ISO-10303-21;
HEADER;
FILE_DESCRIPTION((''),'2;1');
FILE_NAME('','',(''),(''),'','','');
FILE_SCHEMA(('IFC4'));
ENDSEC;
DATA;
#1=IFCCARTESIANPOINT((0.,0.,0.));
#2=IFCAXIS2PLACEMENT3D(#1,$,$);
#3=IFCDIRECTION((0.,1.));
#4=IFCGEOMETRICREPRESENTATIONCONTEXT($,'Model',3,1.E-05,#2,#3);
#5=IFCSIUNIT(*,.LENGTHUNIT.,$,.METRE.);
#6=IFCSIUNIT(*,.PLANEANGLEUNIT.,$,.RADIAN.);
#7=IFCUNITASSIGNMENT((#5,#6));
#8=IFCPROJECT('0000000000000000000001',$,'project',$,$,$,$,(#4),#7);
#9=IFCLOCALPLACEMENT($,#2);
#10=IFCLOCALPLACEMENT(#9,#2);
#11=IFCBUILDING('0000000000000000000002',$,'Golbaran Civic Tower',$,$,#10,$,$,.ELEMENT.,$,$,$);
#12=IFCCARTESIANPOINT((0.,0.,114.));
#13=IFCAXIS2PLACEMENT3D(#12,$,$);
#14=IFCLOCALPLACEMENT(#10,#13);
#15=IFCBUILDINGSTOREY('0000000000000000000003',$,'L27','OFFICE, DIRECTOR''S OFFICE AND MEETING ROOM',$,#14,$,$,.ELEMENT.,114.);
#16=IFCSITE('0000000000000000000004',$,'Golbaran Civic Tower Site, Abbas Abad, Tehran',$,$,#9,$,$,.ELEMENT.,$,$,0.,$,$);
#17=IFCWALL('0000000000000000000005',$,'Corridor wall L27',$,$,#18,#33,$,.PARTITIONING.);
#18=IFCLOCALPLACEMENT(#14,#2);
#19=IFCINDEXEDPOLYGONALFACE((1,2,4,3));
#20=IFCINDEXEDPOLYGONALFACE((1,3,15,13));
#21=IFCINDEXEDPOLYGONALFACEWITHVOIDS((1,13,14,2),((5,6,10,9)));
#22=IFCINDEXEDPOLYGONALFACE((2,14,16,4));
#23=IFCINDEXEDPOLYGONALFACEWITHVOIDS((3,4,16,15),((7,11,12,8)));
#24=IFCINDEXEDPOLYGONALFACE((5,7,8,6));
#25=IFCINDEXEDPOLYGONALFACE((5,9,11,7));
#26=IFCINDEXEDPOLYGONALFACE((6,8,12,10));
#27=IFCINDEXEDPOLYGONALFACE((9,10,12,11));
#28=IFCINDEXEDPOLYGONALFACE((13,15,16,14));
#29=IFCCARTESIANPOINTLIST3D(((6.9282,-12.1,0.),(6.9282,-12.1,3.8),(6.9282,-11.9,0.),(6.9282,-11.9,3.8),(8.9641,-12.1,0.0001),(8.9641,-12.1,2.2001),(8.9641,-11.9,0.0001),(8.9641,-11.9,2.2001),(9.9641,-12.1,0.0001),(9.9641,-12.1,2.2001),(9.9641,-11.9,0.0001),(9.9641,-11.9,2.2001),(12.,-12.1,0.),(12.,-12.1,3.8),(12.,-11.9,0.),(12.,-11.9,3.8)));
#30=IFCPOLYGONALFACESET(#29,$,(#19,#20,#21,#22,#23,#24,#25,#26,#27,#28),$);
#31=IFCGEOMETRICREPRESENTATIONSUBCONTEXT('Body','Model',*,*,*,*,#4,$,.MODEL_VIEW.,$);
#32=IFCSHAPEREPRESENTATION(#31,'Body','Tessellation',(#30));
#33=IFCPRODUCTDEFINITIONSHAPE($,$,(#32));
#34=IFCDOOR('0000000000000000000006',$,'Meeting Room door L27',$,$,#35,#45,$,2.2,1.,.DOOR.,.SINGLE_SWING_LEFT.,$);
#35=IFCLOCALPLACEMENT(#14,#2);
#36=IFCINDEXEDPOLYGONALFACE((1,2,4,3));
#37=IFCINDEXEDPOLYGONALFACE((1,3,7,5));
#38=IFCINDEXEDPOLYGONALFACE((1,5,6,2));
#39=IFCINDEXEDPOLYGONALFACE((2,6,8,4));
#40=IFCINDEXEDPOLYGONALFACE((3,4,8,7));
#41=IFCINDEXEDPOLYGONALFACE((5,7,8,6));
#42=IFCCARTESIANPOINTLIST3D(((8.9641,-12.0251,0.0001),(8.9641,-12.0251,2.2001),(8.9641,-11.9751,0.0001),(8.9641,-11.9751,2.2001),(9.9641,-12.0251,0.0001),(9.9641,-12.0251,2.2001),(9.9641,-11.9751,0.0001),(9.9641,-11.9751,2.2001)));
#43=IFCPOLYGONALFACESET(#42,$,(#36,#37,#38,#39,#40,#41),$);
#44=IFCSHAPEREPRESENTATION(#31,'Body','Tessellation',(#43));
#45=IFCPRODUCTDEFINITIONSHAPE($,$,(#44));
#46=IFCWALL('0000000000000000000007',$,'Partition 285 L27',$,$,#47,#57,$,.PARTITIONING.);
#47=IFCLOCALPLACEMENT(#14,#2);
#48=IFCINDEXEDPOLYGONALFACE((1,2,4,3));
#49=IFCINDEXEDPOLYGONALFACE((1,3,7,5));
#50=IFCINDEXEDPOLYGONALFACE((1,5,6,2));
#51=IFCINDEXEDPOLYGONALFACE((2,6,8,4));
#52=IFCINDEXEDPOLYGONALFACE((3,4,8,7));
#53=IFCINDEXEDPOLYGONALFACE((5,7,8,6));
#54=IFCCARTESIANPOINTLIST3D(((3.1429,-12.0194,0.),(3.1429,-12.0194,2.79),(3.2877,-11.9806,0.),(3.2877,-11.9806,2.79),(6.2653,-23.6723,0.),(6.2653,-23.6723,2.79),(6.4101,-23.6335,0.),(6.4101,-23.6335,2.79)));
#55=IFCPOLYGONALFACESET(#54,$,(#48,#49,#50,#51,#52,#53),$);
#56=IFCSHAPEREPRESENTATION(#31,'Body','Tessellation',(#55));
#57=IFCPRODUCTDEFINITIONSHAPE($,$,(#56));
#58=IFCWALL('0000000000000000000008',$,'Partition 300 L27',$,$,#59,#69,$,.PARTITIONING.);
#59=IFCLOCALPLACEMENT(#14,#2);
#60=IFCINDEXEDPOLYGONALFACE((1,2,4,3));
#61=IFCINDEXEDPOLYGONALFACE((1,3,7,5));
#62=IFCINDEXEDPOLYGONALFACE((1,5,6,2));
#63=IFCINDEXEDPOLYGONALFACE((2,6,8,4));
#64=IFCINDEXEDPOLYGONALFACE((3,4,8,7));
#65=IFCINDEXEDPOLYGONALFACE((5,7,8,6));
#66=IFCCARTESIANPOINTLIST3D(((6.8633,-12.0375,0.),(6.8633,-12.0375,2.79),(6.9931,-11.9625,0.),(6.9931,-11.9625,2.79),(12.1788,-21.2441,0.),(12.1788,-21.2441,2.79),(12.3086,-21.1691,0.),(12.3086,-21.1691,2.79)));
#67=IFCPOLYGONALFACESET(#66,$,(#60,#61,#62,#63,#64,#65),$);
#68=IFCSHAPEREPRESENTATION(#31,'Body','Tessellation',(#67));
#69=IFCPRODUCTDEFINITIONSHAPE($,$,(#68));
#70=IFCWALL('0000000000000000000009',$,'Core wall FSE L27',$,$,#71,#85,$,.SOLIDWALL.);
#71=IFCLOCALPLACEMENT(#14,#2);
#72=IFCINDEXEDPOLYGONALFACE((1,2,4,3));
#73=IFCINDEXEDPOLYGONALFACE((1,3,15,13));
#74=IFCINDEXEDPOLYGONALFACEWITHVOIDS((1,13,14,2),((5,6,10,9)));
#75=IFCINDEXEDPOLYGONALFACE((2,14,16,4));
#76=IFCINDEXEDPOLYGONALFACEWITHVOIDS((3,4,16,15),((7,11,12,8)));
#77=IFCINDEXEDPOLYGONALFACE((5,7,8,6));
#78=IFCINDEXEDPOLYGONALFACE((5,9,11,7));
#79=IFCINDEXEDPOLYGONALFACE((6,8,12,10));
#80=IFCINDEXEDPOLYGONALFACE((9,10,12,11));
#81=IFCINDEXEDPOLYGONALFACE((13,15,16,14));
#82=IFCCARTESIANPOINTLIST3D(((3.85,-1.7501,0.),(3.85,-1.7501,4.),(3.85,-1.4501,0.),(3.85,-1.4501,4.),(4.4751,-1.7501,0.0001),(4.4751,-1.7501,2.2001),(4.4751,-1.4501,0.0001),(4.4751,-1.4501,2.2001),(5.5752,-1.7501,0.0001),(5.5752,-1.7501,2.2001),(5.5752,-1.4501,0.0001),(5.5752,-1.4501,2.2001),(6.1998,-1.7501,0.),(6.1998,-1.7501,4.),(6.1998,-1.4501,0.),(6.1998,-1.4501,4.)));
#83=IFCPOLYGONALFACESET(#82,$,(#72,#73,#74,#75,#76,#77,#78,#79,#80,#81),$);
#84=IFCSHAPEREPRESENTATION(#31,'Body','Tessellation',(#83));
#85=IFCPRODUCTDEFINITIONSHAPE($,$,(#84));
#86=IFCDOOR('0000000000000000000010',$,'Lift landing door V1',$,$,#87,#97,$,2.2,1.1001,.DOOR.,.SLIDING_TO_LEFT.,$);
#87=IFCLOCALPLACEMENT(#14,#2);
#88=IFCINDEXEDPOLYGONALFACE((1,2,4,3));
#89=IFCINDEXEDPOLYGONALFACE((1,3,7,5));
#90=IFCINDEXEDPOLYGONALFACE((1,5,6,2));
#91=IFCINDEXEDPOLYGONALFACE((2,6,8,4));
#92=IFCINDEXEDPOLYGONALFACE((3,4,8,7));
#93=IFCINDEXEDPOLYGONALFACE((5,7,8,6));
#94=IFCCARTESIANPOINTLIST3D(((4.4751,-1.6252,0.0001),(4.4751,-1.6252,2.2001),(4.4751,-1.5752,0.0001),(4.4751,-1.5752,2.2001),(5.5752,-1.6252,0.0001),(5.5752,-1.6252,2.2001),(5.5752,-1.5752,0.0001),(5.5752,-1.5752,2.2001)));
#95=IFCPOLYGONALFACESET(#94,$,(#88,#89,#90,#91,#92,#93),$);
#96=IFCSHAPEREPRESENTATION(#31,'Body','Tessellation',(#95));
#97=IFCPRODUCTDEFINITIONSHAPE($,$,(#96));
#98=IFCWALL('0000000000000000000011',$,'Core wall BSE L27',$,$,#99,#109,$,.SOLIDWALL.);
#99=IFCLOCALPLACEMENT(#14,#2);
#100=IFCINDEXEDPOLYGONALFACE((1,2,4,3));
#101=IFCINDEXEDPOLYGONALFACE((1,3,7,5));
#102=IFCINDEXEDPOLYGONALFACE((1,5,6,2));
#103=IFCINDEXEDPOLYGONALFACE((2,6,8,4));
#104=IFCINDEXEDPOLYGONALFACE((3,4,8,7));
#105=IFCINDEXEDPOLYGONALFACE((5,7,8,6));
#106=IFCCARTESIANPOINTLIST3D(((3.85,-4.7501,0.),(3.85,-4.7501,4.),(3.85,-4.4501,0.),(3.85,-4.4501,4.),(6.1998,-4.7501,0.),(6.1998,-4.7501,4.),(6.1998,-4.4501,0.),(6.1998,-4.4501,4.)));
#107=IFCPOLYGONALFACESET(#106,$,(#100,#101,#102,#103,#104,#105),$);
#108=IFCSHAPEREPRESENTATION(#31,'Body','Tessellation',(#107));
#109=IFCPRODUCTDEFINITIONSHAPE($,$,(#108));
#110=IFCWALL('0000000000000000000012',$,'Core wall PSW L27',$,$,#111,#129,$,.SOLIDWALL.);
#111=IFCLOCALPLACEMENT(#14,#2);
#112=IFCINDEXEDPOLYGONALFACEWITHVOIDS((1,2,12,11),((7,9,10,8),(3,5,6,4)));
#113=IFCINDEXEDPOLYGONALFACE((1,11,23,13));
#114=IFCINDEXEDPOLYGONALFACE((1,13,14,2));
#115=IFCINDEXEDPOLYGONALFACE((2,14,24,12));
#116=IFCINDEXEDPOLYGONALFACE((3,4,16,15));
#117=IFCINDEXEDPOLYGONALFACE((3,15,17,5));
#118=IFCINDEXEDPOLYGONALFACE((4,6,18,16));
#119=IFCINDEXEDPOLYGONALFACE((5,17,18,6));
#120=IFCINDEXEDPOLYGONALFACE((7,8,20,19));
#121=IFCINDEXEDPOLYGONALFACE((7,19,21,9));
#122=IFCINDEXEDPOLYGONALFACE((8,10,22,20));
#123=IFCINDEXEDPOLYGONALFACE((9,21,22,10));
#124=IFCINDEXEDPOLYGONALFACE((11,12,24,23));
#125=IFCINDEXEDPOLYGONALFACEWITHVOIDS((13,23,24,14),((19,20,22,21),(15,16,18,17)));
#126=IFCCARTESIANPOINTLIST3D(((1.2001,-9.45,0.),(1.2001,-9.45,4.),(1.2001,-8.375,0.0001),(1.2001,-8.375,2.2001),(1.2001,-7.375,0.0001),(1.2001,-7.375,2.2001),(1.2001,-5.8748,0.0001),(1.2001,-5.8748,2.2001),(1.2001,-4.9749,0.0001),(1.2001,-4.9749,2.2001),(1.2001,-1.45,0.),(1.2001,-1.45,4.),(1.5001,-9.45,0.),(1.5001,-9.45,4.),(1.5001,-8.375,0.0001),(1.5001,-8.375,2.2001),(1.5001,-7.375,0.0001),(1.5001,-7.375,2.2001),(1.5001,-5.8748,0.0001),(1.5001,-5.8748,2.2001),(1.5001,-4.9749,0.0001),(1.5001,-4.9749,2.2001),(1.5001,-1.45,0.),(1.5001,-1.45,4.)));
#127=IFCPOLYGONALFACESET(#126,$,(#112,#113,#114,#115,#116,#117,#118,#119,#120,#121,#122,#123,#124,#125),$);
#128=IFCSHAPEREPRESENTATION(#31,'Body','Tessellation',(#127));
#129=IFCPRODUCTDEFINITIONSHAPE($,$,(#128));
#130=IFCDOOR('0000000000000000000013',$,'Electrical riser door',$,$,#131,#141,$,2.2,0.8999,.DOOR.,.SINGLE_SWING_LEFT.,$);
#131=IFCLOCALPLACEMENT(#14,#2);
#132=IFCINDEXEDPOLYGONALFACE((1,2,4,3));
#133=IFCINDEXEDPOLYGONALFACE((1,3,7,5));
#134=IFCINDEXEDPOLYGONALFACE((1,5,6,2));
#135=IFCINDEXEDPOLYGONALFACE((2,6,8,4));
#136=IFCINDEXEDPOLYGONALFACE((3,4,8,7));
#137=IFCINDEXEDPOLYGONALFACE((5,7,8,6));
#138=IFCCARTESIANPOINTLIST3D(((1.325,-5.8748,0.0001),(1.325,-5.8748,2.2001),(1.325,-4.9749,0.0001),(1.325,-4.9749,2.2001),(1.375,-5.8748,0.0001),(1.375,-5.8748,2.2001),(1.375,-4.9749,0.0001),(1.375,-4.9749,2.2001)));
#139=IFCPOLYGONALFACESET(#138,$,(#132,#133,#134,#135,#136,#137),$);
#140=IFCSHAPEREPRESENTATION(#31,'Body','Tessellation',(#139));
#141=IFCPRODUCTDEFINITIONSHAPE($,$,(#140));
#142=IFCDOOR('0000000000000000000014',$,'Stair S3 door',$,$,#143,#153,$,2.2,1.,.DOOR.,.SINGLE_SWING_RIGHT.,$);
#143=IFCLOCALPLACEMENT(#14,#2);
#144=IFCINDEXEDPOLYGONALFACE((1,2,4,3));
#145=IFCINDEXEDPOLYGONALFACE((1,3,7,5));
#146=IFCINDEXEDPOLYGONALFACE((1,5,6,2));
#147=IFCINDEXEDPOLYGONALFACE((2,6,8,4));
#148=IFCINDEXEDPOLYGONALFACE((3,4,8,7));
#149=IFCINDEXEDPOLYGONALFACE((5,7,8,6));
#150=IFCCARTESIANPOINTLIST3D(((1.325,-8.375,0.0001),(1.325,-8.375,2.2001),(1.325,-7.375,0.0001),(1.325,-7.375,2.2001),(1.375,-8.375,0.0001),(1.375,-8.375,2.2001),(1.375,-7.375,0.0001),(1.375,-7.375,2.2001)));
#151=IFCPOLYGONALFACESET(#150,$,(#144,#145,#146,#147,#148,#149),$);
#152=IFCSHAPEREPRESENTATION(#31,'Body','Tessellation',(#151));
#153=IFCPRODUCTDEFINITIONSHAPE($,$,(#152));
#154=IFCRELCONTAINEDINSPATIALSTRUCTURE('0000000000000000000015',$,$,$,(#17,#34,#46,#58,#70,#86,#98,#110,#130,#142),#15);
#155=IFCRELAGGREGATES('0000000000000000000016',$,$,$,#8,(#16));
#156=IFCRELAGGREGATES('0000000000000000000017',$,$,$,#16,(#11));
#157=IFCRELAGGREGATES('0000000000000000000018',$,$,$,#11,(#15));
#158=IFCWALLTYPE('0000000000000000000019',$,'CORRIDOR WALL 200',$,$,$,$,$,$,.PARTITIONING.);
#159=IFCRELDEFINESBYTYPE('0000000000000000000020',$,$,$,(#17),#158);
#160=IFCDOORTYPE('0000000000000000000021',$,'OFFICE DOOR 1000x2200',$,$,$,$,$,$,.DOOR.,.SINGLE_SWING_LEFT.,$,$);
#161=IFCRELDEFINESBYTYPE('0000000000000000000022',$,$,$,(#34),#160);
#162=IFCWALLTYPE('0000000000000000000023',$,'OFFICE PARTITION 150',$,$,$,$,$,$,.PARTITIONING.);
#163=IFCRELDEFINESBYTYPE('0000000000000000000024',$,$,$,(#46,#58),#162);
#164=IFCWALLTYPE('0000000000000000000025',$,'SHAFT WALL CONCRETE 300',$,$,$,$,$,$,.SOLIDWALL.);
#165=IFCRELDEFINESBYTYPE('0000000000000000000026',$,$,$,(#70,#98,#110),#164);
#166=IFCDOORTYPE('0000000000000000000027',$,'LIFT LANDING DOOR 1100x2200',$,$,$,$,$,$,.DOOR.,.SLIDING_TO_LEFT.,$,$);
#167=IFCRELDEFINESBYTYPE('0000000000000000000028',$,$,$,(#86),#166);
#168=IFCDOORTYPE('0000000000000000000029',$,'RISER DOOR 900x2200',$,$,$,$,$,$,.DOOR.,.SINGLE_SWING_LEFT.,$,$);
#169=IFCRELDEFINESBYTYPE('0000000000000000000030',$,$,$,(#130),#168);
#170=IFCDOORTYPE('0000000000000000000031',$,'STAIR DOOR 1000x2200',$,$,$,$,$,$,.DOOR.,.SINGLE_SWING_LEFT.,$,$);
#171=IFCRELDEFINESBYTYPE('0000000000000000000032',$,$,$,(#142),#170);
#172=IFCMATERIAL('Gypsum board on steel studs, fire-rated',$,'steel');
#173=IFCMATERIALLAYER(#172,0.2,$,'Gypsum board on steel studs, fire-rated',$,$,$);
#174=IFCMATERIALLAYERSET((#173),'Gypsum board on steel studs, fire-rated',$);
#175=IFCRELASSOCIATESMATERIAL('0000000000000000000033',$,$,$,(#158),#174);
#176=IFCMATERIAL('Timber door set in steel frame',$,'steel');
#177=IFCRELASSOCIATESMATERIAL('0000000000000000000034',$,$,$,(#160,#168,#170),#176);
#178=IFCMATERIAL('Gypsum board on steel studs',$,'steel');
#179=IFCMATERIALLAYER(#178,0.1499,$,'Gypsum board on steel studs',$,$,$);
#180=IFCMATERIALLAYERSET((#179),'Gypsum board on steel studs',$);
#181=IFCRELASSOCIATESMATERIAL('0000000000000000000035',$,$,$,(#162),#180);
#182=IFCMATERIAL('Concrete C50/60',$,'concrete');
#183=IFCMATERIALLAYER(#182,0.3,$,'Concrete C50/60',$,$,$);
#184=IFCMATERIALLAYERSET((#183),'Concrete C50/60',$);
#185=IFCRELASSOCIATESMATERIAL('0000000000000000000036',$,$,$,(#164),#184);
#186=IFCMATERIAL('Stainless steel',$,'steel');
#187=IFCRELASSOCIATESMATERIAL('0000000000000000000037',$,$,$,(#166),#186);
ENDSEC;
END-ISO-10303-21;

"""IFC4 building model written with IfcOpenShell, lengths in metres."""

from ifc_helpers import new_model, si_unit, direction, frame, frame_2d, origin, place, context, subcontext, project, spatial, rectangle, extrude, material, layer, layer_set, type_object, element, fill, save


model = new_model("IFC4")

# Units and contexts
model_context = context("Model", 3, precision=1e-05, world=origin(), true_north=direction((0.0, 1.0)))
body_context = subcontext(model_context, "Body", "Model", "MODEL_VIEW")
ifc_project = project(units=[si_unit("LENGTHUNIT", "METRE"), si_unit("PLANEANGLEUNIT", "RADIAN")], contexts=[model_context])

# Site, building, storey
site_placement = place(None, origin())
site = spatial("IfcSite", under=ifc_project, at=site_placement, Name="Golbaran Civic Tower Site, Abbas Abad, Tehran", CompositionType="ELEMENT", RefElevation=0.0)
building_placement = place(site_placement, origin())
building = spatial("IfcBuilding", under=site, at=building_placement, Name="Golbaran Civic Tower", CompositionType="ELEMENT")
storey_placement = place(building_placement, frame((0.0, 0.0, 114.0)))
storey = spatial("IfcBuildingStorey", under=building, at=storey_placement, Name="L27", Description="OFFICE, DIRECTOR'S OFFICE AND MEETING ROOM", CompositionType="ELEMENT", Elevation=114.0)

# Shared definitions
ifc_material_1 = material(Name="Concrete C50/60", Category="concrete")

# Wall, opening, door
ifc_material_2 = material(Name="Gypsum board on steel studs, fire-rated", Category="steel")
ifc_layer_1 = layer(ifc_material_2, 0.2, Name="Gypsum board on steel studs, fire-rated")
ifc_layer_set_1 = layer_set([ifc_layer_1], Name="Gypsum board on steel studs, fire-rated")
wall_type_1 = type_object("IfcWallType", Name="CORRIDOR WALL 200", PredefinedType="PARTITIONING", material=ifc_layer_set_1)
ifc_material_3 = material(Name="Timber door set in steel frame", Category="steel")
door_type_1 = type_object("IfcDoorType", Name="OFFICE DOOR 1000x2200", OperationType="SINGLE_SWING_LEFT", PredefinedType="DOOR", material=ifc_material_3)
wall_1_placement = place(storey_placement, frame((6.9282, -12.0, 0.0), z_axis=(0.0, 0.0, 1.0), x_axis=(1.0, 0.0, 0.0)))
wall_1 = element("IfcWall", 1, at=wall_1_placement, inside=storey, type_object=wall_type_1, Name="Corridor wall L27", PredefinedType="PARTITIONING", context=body_context, shape_type="SweptSolid", body=[
    extrude(rectangle(XDim=5.0718, YDim=0.2, at=frame_2d((2.5359, 0.0))), origin(), (0.0, 0.0, 1.0), 3.8),
])
opening_1_placement = place(wall_1_placement, frame((2.0359, 0.0, 0.0)))
opening_1 = element("IfcOpeningElement", 2, at=opening_1_placement, cuts=wall_1, PredefinedType="OPENING", context=body_context, shape_type="SweptSolid", body=[
    extrude(rectangle(XDim=1.0, YDim=2.2, at=frame_2d((0.5, 1.1001))), frame((0.0, 0.1099, 0.0), z_axis=(0.0, -1.0, 0.0), x_axis=(1.0, 0.0, 0.0)), (0.0, 0.0, 1.0), 0.22),
])
door_1_placement = place(opening_1_placement, origin())
door_1 = element("IfcDoor", 3, at=door_1_placement, inside=storey, type_object=door_type_1, Name="Meeting Room door L27", OperationType="SINGLE_SWING_LEFT", OverallHeight=2.2, OverallWidth=1.0, PredefinedType="DOOR", context=body_context, shape_type="SweptSolid", body=[
    extrude(rectangle(XDim=1.0, YDim=2.2, at=frame_2d((0.5, 1.1001))), frame((0.0, 0.0249, 0.0), z_axis=(0.0, -1.0, 0.0), x_axis=(1.0, 0.0, 0.0)), (0.0, 0.0, 1.0), 0.05),
])
fill(opening_1, door_1)

# Walls
ifc_material_4 = material(Name="Gypsum board on steel studs", Category="steel")
ifc_layer_2 = layer(ifc_material_4, 0.1499, Name="Gypsum board on steel studs")
ifc_layer_set_2 = layer_set([ifc_layer_2], Name="Gypsum board on steel studs")
wall_type_2 = type_object("IfcWallType", Name="OFFICE PARTITION 150", PredefinedType="PARTITIONING", material=ifc_layer_set_2)
wall_2_placement = place(storey_placement, frame((3.2153, -12.0, 0.0), z_axis=(0.0, 0.0, 1.0), x_axis=(0.258815, -0.965927, 0.0)))
element("IfcWall", 4, at=wall_2_placement, inside=storey, type_object=wall_type_2, Name="Partition 285 L27", PredefinedType="PARTITIONING", context=body_context, shape_type="SweptSolid", body=[
    extrude(rectangle(XDim=12.064, YDim=0.1499, at=frame_2d((6.032, 0.0))), origin(), (0.0, 0.0, 1.0), 2.79),
])
wall_3_placement = place(storey_placement, frame((6.9282, -12.0, 0.0), z_axis=(0.0, 0.0, 1.0), x_axis=(0.500002, -0.866024, 0.0)))
element("IfcWall", 5, at=wall_3_placement, inside=storey, type_object=wall_type_2, Name="Partition 300 L27", PredefinedType="PARTITIONING", context=body_context, shape_type="SweptSolid", body=[
    extrude(rectangle(XDim=10.6309, YDim=0.1499, at=frame_2d((5.3154, 0.0))), origin(), (0.0, 0.0, 1.0), 2.79),
])

# Wall, opening, door
ifc_layer_3 = layer(ifc_material_1, 0.3, Name="Concrete C50/60")
ifc_layer_set_3 = layer_set([ifc_layer_3], Name="Concrete C50/60")
wall_type_3 = type_object("IfcWallType", Name="SHAFT WALL CONCRETE 300", PredefinedType="SOLIDWALL", material=ifc_layer_set_3)
wall_4_placement = place(storey_placement, frame((3.8501, -1.6001, 0.0), z_axis=(0.0, 0.0, 1.0), x_axis=(1.0, 0.0, 0.0)))
wall_4 = element("IfcWall", 6, at=wall_4_placement, inside=storey, type_object=wall_type_3, Name="Core wall FSE L27", PredefinedType="SOLIDWALL", context=body_context, shape_type="SweptSolid", body=[
    extrude(rectangle(XDim=2.3499, YDim=0.3, at=frame_2d((1.1748, 0.0))), origin(), (0.0, 0.0, 1.0), 4.0),
])
opening_2_placement = place(wall_4_placement, frame((0.625, 0.0, 0.0)))
opening_2 = element("IfcOpeningElement", 7, at=opening_2_placement, cuts=wall_4, PredefinedType="OPENING", context=body_context, shape_type="SweptSolid", body=[
    extrude(rectangle(XDim=1.1001, YDim=2.2, at=frame_2d((0.55, 1.1001))), frame((0.0, 0.1599, 0.0), z_axis=(0.0, -1.0, 0.0), x_axis=(1.0, 0.0, 0.0)), (0.0, 0.0, 1.0), 0.3201),
])
ifc_material_5 = material(Name="Stainless steel", Category="steel")
door_type_2 = type_object("IfcDoorType", Name="LIFT LANDING DOOR 1100x2200", OperationType="SLIDING_TO_LEFT", PredefinedType="DOOR", material=ifc_material_5)
door_2_placement = place(opening_2_placement, origin())
door_2 = element("IfcDoor", 8, at=door_2_placement, inside=storey, type_object=door_type_2, Name="Lift landing door V1", OperationType="SLIDING_TO_LEFT", OverallHeight=2.2, OverallWidth=1.1001, PredefinedType="DOOR", context=body_context, shape_type="SweptSolid", body=[
    extrude(rectangle(XDim=1.1001, YDim=2.2, at=frame_2d((0.55, 1.1001))), frame((0.0, 0.0249, 0.0), z_axis=(0.0, -1.0, 0.0), x_axis=(1.0, 0.0, 0.0)), (0.0, 0.0, 1.0), 0.05),
])
fill(opening_2, door_2)

# Wall
wall_5_placement = place(storey_placement, frame((3.8501, -4.6001, 0.0), z_axis=(0.0, 0.0, 1.0), x_axis=(1.0, 0.0, 0.0)))
element("IfcWall", 9, at=wall_5_placement, inside=storey, type_object=wall_type_3, Name="Core wall BSE L27", PredefinedType="SOLIDWALL", context=body_context, shape_type="SweptSolid", body=[
    extrude(rectangle(XDim=2.3499, YDim=0.3, at=frame_2d((1.1748, 0.0))), origin(), (0.0, 0.0, 1.0), 4.0),
])

# Wall, openings, doors
wall_6_placement = place(storey_placement, frame((1.3501, -1.45, 0.0), z_axis=(0.0, 0.0, 1.0), x_axis=(0.0, -1.0, 0.0)))
wall_6 = element("IfcWall", 10, at=wall_6_placement, inside=storey, type_object=wall_type_3, Name="Core wall PSW L27", PredefinedType="SOLIDWALL", context=body_context, shape_type="SweptSolid", body=[
    extrude(rectangle(XDim=8.0, YDim=0.3, at=frame_2d((4.0, 0.0))), origin(), (0.0, 0.0, 1.0), 4.0),
])
opening_3_placement = place(wall_6_placement, frame((5.925, 0.0, 0.0)))
opening_3 = element("IfcOpeningElement", 11, at=opening_3_placement, cuts=wall_6, PredefinedType="OPENING", context=body_context, shape_type="SweptSolid", body=[
    extrude(rectangle(XDim=1.0, YDim=2.2, at=frame_2d((0.5, 1.1001))), frame((0.0, 0.1599, 0.0), z_axis=(0.0, -1.0, 0.0), x_axis=(1.0, 0.0, 0.0)), (0.0, 0.0, 1.0), 0.3201),
])
opening_4_placement = place(wall_6_placement, frame((3.5249, 0.0, 0.0)))
opening_4 = element("IfcOpeningElement", 12, at=opening_4_placement, cuts=wall_6, PredefinedType="OPENING", context=body_context, shape_type="SweptSolid", body=[
    extrude(rectangle(XDim=0.8999, YDim=2.2, at=frame_2d((0.45, 1.1001))), frame((0.0, 0.1599, 0.0), z_axis=(0.0, -1.0, 0.0), x_axis=(1.0, 0.0, 0.0)), (0.0, 0.0, 1.0), 0.3201),
])
door_type_3 = type_object("IfcDoorType", Name="RISER DOOR 900x2200", OperationType="SINGLE_SWING_LEFT", PredefinedType="DOOR", material=ifc_material_3)
door_3_placement = place(opening_4_placement, origin())
door_3 = element("IfcDoor", 13, at=door_3_placement, inside=storey, type_object=door_type_3, Name="Electrical riser door", OperationType="SINGLE_SWING_LEFT", OverallHeight=2.2, OverallWidth=0.8999, PredefinedType="DOOR", context=body_context, shape_type="SweptSolid", body=[
    extrude(rectangle(XDim=0.8999, YDim=2.2, at=frame_2d((0.45, 1.1001))), frame((0.0, 0.0249, 0.0), z_axis=(0.0, -1.0, 0.0), x_axis=(1.0, 0.0, 0.0)), (0.0, 0.0, 1.0), 0.05),
])
fill(opening_4, door_3)
door_type_4 = type_object("IfcDoorType", Name="STAIR DOOR 1000x2200", OperationType="SINGLE_SWING_LEFT", PredefinedType="DOOR", material=ifc_material_3)
door_4_placement = place(opening_3_placement, origin())
door_4 = element("IfcDoor", 14, at=door_4_placement, inside=storey, type_object=door_type_4, Name="Stair S3 door", OperationType="SINGLE_SWING_RIGHT", OverallHeight=2.2, OverallWidth=1.0, PredefinedType="DOOR", context=body_context, shape_type="SweptSolid", body=[
    extrude(rectangle(XDim=1.0, YDim=2.2, at=frame_2d((0.5, 1.1001))), frame((0.0, 0.0249, 0.0), z_axis=(0.0, -1.0, 0.0), x_axis=(1.0, 0.0, 0.0)), (0.0, 0.0, 1.0), 0.05),
])
fill(opening_3, door_4)

save(model, "model.ifc")
